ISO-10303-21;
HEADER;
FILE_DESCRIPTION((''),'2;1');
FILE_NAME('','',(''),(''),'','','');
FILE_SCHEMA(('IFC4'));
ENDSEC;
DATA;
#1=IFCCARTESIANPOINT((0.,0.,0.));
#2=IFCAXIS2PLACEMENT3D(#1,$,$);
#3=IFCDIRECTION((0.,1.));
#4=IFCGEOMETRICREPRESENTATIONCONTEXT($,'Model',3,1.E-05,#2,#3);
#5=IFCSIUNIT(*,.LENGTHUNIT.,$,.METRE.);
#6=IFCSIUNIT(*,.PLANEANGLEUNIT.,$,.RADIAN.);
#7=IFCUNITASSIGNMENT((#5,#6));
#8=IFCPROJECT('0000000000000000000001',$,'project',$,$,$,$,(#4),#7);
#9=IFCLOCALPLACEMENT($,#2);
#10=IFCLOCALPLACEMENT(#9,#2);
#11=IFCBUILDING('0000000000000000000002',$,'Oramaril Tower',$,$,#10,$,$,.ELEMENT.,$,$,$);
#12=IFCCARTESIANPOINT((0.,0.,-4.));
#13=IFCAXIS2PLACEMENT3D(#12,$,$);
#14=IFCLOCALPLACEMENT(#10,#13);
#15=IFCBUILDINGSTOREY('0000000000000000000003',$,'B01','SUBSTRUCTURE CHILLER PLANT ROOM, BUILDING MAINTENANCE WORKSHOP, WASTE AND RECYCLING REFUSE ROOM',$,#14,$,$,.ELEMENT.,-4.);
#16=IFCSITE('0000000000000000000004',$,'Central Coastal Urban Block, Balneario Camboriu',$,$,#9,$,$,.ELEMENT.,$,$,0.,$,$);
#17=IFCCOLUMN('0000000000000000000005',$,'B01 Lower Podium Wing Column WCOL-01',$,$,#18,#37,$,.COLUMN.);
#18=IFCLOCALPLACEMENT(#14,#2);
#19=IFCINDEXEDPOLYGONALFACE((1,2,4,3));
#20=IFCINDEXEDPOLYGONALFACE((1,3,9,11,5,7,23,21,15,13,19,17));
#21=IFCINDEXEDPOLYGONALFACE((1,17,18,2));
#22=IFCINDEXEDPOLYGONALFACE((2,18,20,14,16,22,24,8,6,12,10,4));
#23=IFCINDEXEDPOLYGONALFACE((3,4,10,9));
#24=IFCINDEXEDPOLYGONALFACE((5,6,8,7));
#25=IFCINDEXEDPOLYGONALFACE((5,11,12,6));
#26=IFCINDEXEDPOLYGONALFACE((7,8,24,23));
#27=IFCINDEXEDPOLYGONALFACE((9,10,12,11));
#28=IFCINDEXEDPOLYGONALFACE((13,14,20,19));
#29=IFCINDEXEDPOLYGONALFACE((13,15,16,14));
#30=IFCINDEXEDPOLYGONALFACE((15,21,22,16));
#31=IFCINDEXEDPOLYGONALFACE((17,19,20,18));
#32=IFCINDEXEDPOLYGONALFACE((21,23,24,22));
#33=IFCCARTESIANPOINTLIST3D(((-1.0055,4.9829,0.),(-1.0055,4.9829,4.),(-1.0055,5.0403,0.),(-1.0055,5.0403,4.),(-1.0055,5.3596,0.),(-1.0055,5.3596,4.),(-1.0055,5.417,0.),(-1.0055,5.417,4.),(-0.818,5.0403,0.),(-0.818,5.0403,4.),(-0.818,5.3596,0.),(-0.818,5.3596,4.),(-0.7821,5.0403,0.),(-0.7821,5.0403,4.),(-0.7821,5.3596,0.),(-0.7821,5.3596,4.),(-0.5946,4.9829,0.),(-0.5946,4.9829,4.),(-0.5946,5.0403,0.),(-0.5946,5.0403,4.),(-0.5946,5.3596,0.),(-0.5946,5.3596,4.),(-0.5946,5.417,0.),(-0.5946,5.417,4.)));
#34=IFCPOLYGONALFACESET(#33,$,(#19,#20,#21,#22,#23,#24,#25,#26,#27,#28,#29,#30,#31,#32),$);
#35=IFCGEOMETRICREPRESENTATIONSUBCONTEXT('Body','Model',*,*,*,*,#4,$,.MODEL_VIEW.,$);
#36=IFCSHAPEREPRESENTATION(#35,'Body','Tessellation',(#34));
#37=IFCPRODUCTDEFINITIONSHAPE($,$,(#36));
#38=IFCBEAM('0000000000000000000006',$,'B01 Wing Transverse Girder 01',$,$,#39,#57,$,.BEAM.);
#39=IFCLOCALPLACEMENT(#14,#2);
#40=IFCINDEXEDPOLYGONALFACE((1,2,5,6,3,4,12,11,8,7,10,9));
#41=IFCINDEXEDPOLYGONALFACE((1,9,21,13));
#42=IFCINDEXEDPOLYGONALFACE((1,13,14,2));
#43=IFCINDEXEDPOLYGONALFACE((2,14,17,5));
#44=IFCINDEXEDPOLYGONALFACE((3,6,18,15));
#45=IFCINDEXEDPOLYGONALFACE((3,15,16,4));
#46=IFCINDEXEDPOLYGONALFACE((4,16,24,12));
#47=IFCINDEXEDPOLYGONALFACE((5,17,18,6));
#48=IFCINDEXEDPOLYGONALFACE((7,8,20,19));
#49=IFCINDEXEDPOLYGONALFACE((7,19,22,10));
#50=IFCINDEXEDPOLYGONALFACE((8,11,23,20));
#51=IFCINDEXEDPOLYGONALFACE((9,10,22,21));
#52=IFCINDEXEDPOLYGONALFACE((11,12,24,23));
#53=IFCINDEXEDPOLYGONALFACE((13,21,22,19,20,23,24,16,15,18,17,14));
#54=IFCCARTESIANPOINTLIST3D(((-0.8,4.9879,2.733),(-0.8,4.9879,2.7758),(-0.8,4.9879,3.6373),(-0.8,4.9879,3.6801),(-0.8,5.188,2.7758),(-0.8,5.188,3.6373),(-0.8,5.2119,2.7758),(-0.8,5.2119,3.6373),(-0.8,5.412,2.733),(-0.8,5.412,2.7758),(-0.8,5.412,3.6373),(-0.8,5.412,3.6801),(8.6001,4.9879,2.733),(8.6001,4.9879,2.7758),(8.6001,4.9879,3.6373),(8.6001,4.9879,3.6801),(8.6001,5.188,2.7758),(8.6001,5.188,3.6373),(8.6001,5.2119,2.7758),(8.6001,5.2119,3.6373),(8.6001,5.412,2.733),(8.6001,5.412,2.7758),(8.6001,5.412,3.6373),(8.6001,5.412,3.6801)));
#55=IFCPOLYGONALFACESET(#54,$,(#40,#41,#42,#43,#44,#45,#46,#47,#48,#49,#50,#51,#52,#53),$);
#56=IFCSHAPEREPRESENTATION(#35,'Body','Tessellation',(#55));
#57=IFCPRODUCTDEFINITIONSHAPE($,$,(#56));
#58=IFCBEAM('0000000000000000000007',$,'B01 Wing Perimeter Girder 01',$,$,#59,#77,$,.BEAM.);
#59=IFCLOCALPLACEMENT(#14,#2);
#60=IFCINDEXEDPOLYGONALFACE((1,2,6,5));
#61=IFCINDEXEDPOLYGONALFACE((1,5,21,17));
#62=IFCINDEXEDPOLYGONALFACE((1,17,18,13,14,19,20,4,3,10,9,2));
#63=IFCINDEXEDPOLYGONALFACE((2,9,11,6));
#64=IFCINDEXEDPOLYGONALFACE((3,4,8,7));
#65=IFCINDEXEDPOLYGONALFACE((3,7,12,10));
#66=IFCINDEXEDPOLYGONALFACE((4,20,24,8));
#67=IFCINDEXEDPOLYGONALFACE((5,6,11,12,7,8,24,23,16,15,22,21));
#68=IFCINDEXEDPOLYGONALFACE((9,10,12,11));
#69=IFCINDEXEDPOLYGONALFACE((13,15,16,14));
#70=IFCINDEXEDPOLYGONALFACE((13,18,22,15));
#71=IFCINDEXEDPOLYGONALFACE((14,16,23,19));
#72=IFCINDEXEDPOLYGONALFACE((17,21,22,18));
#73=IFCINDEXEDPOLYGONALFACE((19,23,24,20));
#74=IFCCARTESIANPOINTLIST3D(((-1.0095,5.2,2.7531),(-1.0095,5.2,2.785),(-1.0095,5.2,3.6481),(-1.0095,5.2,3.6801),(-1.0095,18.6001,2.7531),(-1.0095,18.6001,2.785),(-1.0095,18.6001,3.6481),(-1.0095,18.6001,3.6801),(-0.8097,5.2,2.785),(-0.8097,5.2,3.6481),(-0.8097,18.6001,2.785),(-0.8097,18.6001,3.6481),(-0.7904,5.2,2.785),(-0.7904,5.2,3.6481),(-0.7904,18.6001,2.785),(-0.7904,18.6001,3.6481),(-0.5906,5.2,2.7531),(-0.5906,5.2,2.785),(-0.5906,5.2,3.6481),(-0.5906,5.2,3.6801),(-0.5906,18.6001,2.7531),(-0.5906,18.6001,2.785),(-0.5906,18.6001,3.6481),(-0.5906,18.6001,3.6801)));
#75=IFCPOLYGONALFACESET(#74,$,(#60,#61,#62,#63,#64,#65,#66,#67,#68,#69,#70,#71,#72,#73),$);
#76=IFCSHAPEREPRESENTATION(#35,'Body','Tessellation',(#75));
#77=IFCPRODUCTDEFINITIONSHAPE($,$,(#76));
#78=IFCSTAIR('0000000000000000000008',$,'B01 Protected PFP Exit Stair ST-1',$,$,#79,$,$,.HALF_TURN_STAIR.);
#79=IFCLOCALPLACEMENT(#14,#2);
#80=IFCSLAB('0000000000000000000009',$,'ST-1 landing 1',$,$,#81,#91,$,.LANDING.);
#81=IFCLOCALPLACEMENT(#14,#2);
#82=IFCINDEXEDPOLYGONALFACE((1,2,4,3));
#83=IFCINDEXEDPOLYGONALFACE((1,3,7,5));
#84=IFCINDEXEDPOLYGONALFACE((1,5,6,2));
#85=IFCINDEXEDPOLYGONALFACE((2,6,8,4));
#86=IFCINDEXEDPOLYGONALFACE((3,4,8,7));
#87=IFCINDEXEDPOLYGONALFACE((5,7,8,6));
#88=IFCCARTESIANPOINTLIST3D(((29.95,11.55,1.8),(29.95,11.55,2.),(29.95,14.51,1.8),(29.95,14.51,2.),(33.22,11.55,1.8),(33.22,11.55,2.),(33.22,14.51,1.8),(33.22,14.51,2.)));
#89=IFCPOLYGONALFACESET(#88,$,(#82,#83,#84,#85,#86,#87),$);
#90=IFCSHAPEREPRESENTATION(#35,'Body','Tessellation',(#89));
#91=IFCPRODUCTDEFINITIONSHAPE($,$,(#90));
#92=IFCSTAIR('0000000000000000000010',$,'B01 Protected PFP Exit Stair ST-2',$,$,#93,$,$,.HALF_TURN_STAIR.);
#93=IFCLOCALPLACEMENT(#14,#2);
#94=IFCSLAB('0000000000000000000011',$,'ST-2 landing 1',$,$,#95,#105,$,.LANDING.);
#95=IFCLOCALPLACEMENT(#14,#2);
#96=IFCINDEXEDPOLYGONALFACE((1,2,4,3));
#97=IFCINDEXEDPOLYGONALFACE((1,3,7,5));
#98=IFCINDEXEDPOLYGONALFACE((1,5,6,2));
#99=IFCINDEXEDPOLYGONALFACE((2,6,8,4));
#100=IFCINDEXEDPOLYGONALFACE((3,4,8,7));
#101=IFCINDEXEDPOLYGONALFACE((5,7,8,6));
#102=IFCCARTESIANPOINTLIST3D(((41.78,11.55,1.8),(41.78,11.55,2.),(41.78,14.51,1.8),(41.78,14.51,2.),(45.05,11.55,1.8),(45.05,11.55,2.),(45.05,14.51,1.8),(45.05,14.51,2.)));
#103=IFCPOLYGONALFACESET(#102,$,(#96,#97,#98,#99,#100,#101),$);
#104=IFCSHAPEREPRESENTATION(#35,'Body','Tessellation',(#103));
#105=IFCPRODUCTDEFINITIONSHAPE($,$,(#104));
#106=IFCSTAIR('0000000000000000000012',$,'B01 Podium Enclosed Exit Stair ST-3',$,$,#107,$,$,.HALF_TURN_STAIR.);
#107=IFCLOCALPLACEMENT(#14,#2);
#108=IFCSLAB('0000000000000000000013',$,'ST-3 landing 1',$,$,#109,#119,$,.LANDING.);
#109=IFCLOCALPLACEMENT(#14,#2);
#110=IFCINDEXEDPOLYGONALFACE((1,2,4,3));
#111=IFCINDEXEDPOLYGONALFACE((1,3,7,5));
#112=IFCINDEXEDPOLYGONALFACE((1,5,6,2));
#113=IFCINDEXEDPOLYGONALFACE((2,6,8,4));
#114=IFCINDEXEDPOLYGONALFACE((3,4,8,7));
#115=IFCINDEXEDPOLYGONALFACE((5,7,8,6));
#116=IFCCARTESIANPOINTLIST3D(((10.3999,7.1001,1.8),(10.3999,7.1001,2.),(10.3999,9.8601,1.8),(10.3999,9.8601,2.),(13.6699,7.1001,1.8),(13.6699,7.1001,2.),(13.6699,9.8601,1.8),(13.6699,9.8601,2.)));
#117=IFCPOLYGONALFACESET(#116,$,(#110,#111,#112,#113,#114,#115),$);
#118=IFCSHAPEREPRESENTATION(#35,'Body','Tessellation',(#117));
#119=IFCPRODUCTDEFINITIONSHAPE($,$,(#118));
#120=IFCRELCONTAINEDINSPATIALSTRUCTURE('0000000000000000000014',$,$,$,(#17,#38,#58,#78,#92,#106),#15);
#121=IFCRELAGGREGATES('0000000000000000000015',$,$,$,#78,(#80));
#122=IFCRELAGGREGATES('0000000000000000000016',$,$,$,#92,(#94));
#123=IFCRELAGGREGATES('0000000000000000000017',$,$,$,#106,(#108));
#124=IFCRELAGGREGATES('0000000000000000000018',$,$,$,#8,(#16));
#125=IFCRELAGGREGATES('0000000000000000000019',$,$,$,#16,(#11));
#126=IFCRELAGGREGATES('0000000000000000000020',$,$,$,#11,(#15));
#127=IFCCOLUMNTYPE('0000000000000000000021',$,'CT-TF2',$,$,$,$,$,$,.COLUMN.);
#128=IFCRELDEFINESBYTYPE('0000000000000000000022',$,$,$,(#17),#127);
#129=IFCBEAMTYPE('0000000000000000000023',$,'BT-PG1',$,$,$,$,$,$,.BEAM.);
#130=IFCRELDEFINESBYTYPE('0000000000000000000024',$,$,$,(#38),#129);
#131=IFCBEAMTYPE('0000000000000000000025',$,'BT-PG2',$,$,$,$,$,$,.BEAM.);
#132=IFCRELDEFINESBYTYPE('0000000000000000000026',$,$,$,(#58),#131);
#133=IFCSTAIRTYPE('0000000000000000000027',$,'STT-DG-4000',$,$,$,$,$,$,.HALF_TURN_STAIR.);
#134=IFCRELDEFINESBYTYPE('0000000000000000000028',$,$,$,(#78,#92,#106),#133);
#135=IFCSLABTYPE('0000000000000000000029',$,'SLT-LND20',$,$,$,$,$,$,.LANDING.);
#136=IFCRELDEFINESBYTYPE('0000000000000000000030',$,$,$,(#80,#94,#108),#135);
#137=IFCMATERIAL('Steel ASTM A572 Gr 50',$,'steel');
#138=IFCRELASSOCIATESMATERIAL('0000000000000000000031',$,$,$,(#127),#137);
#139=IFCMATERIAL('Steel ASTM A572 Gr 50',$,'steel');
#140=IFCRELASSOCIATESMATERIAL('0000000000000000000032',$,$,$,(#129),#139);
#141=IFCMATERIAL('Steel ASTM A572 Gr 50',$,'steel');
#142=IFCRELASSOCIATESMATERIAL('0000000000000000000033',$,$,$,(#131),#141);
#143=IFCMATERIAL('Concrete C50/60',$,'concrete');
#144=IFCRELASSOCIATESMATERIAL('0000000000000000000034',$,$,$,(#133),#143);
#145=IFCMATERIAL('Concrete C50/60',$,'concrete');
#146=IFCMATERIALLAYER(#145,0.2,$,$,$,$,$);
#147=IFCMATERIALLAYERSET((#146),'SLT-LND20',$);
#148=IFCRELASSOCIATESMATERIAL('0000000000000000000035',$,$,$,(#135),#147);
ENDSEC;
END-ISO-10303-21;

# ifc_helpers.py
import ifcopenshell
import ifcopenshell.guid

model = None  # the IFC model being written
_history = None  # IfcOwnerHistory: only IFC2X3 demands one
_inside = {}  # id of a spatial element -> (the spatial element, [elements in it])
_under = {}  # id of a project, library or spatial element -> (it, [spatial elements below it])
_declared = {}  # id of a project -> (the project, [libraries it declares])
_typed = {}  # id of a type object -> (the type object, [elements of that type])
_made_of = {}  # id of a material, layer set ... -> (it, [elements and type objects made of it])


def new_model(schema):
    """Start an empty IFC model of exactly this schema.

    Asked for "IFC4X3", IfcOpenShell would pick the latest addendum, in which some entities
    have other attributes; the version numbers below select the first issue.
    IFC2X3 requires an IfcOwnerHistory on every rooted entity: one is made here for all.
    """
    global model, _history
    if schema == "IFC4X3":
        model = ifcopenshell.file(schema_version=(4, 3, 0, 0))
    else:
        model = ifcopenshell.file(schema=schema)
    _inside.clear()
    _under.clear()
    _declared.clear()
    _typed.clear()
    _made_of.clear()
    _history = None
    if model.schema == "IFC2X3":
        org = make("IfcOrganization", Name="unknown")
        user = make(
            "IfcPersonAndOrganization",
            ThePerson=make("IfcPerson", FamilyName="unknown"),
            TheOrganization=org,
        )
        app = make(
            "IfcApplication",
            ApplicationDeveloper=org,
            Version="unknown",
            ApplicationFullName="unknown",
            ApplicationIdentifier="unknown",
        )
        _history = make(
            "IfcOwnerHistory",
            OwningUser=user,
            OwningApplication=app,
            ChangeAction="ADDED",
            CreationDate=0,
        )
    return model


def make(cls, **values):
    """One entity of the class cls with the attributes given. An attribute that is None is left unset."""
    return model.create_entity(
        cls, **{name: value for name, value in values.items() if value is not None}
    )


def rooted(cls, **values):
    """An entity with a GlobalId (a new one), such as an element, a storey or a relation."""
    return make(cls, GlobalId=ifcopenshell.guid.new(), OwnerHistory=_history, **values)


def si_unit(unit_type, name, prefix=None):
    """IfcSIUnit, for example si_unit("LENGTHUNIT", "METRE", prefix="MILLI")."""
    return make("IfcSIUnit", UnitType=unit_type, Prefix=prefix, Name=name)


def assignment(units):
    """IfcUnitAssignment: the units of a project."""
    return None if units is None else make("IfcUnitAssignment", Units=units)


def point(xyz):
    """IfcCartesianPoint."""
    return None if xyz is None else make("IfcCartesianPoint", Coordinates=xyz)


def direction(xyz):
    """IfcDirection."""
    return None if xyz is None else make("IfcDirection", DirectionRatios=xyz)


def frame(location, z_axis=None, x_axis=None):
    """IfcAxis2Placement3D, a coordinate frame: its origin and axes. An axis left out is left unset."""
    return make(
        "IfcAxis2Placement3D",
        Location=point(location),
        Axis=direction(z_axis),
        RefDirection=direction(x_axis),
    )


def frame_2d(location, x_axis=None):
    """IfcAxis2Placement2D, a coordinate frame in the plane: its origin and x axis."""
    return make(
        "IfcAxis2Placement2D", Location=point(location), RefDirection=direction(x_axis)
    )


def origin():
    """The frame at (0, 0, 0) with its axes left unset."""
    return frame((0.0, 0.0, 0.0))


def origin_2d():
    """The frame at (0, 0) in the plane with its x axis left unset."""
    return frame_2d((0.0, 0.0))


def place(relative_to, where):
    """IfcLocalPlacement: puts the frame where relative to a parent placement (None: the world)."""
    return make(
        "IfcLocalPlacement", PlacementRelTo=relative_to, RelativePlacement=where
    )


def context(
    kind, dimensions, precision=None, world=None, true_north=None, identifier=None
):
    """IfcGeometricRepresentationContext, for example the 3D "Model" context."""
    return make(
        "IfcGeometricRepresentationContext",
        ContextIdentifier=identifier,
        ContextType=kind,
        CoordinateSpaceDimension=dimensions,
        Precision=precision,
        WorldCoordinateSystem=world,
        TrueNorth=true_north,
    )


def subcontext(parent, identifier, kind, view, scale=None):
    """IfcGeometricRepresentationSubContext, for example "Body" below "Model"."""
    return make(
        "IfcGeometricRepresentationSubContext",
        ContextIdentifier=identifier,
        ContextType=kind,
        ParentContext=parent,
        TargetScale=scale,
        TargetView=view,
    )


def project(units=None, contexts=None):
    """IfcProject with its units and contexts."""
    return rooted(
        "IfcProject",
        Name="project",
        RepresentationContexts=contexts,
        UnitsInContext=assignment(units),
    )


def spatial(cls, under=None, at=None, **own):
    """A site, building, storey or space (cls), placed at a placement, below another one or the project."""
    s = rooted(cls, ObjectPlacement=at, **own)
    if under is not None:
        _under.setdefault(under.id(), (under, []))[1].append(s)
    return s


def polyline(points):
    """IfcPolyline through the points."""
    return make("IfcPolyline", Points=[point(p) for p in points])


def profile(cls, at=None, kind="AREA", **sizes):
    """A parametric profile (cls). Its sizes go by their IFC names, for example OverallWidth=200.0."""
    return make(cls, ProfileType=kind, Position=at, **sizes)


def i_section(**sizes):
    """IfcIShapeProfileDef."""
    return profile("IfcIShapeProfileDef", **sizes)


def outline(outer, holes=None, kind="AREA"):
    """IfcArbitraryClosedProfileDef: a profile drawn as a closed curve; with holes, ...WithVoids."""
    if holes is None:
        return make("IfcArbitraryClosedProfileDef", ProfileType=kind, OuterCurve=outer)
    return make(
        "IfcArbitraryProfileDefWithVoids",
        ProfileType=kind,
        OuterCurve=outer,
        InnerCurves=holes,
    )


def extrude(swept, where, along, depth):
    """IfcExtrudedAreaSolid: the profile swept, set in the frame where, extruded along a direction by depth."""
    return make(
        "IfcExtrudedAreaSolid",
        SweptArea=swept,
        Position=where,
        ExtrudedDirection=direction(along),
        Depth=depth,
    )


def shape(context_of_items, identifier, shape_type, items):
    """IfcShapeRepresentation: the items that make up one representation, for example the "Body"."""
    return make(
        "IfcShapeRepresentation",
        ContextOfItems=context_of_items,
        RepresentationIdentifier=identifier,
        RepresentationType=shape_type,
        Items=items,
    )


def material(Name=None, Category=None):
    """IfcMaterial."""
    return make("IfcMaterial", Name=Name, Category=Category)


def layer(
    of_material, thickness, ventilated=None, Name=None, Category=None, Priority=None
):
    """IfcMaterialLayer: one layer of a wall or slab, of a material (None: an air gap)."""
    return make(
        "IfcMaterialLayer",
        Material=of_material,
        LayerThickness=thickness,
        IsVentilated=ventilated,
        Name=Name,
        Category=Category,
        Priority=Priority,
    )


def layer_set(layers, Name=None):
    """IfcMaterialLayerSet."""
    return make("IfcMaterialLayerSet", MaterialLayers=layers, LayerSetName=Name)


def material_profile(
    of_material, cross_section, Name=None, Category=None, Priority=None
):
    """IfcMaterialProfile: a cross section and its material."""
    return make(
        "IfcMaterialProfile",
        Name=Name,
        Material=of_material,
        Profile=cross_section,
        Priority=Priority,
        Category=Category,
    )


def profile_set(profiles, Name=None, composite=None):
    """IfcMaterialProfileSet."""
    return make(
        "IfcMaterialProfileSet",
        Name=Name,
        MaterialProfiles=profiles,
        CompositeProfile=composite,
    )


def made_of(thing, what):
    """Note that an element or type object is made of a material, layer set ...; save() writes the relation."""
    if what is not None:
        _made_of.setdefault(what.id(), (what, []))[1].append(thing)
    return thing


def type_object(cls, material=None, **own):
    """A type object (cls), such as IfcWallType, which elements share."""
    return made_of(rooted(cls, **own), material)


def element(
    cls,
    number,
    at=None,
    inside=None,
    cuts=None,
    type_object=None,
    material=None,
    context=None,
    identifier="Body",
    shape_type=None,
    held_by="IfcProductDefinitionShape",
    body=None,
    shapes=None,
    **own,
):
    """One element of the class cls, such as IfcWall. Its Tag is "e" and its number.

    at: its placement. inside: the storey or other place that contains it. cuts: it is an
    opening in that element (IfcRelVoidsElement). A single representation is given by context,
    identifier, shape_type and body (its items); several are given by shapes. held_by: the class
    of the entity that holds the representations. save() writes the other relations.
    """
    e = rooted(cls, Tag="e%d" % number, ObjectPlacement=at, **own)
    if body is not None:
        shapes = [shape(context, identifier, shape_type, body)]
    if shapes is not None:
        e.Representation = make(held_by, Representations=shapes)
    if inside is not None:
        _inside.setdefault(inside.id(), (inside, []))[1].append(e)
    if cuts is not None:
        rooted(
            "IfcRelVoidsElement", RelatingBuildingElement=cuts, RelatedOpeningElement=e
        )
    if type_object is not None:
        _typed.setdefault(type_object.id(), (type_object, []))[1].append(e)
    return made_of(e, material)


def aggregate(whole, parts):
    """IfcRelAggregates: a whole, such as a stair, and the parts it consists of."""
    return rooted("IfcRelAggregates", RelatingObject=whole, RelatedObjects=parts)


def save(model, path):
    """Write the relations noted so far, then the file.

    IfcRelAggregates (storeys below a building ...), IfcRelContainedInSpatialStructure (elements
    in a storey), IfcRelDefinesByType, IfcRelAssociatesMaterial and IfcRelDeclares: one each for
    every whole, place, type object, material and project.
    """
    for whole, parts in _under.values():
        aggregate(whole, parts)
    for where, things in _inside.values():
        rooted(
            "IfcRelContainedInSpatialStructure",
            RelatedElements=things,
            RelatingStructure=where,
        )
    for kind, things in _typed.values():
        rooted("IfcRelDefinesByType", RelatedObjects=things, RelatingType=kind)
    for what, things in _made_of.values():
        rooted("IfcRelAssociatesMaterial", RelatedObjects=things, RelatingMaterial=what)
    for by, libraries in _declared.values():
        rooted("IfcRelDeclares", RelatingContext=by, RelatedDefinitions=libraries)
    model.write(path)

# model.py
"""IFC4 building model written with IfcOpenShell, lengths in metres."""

from ifc_helpers import new_model, si_unit, direction, frame, origin, origin_2d, place, context, subcontext, project, spatial, polyline, i_section, outline, extrude, material, layer, layer_set, material_profile, profile_set, type_object, element, aggregate, save


model = new_model("IFC4")

# Units and contexts
model_context = context("Model", 3, precision=1e-05, world=origin(), true_north=direction((0.0, 1.0)))
body_context = subcontext(model_context, "Body", "Model", "MODEL_VIEW")
ifc_project = project(units=[si_unit("LENGTHUNIT", "METRE"), si_unit("PLANEANGLEUNIT", "RADIAN")], contexts=[model_context])

# Site, building, storey
site_placement = place(None, origin())
site = spatial("IfcSite", under=ifc_project, at=site_placement, Name="Central Coastal Urban Block, Balneario Camboriu", CompositionType="ELEMENT", RefElevation=0.0)
building_placement = place(site_placement, origin())
building = spatial("IfcBuilding", under=site, at=building_placement, Name="Oramaril Tower", CompositionType="ELEMENT")
storey_placement = place(building_placement, frame((0.0, 0.0, -4.0)))
storey = spatial("IfcBuildingStorey", under=building, at=storey_placement, Name="B01", Description="SUBSTRUCTURE CHILLER PLANT ROOM, BUILDING MAINTENANCE WORKSHOP, WASTE AND RECYCLING REFUSE ROOM", CompositionType="ELEMENT", Elevation=-4.0)

# Column
ifc_material_1 = material(Name="Steel ASTM A572 Gr 50", Category="steel")
ifc_material_profile_1 = material_profile(ifc_material_1, i_section(OverallWidth=0.4109, OverallDepth=0.4341, WebThickness=0.0359, FlangeThickness=0.0574, at=origin_2d()), Name="W14X311")
ifc_profile_set_1 = profile_set([ifc_material_profile_1], Name="Steel ASTM A572 Gr 50")
column_type = type_object("IfcColumnType", Name="CT-TF2", PredefinedType="COLUMN", material=ifc_profile_set_1)
column_placement = place(storey_placement, frame((-0.8, 5.2, 0.0), z_axis=(0.0, 0.0, 1.0), x_axis=(1.0, 0.0, 0.0)))
element("IfcColumn", 1, at=column_placement, inside=storey, type_object=column_type, Name="B01 Lower Podium Wing Column WCOL-01", PredefinedType="COLUMN", context=body_context, shape_type="SweptSolid", body=[
    extrude(i_section(OverallWidth=0.4109, OverallDepth=0.4341, WebThickness=0.0359, FlangeThickness=0.0574, at=origin_2d()), origin(), (0.0, 0.0, 1.0), 4.0),
])

# Beams
ifc_material_2 = material(Name="Steel ASTM A572 Gr 50", Category="steel")
ifc_material_profile_2 = material_profile(ifc_material_2, i_section(OverallWidth=0.4241, OverallDepth=0.947, WebThickness=0.0239, FlangeThickness=0.0427, at=origin_2d()), Name="W36X302")
ifc_profile_set_2 = profile_set([ifc_material_profile_2], Name="Steel ASTM A572 Gr 50")
beam_type_1 = type_object("IfcBeamType", Name="BT-PG1", PredefinedType="BEAM", material=ifc_profile_set_2)
beam_1_placement = place(storey_placement, frame((-0.8, 5.2, 3.2065), z_axis=(1.0, 0.0, 0.0), x_axis=(0.0, 1.0, 0.0)))
element("IfcBeam", 2, at=beam_1_placement, inside=storey, type_object=beam_type_1, Name="B01 Wing Transverse Girder 01", PredefinedType="BEAM", context=body_context, shape_type="SweptSolid", body=[
    extrude(i_section(OverallWidth=0.4241, OverallDepth=0.947, WebThickness=0.0239, FlangeThickness=0.0427, at=origin_2d()), origin(), (0.0, 0.0, 1.0), 9.4001),
])
ifc_material_3 = material(Name="Steel ASTM A572 Gr 50", Category="steel")
ifc_material_profile_3 = material_profile(ifc_material_3, i_section(OverallWidth=0.4189, OverallDepth=0.927, WebThickness=0.0193, FlangeThickness=0.032, at=origin_2d()), Name="W36X231")
ifc_profile_set_3 = profile_set([ifc_material_profile_3], Name="Steel ASTM A572 Gr 50")
beam_type_2 = type_object("IfcBeamType", Name="BT-PG2", PredefinedType="BEAM", material=ifc_profile_set_3)
beam_2_placement = place(storey_placement, frame((-0.8, 5.2, 3.2166), z_axis=(0.0, 1.0, 0.0), x_axis=(-1.0, 0.0, 0.0)))
element("IfcBeam", 3, at=beam_2_placement, inside=storey, type_object=beam_type_2, Name="B01 Wing Perimeter Girder 01", PredefinedType="BEAM", context=body_context, shape_type="SweptSolid", body=[
    extrude(i_section(OverallWidth=0.4189, OverallDepth=0.927, WebThickness=0.0193, FlangeThickness=0.032, at=origin_2d()), origin(), (0.0, 0.0, 1.0), 13.4001),
])

# Stairs, slabs
ifc_material_4 = material(Name="Concrete C50/60", Category="concrete")
stair_type = type_object("IfcStairType", Name="STT-DG-4000", PredefinedType="HALF_TURN_STAIR", material=ifc_material_4)
stair_1_placement = place(storey_placement, origin())
stair_1 = element("IfcStair", 4, at=stair_1_placement, inside=storey, type_object=stair_type, Name="B01 Protected PFP Exit Stair ST-1", PredefinedType="HALF_TURN_STAIR")
ifc_material_5 = material(Name="Concrete C50/60", Category="concrete")
ifc_layer_1 = layer(ifc_material_5, 0.2)
ifc_layer_set_1 = layer_set([ifc_layer_1], Name="SLT-LND20")
slab_type_1 = type_object("IfcSlabType", Name="SLT-LND20", PredefinedType="LANDING", material=ifc_layer_set_1)
slab_1_placement = place(storey_placement, frame((0.0, 0.0, 1.8)))
slab_1 = element("IfcSlab", 5, at=slab_1_placement, type_object=slab_type_1, Name="ST-1 landing 1", PredefinedType="LANDING", context=body_context, shape_type="SweptSolid", body=[
    extrude(outline(polyline([(29.95, 14.51), (29.95, 11.55), (33.22, 11.55), (33.22, 14.51), (29.95, 14.51)])), origin(), (0.0, 0.0, 1.0), 0.2),
])
aggregate(stair_1, [slab_1])
stair_2_placement = place(storey_placement, origin())
stair_2 = element("IfcStair", 6, at=stair_2_placement, inside=storey, type_object=stair_type, Name="B01 Protected PFP Exit Stair ST-2", PredefinedType="HALF_TURN_STAIR")
slab_2_placement = place(storey_placement, frame((0.0, 0.0, 1.8)))
slab_2 = element("IfcSlab", 7, at=slab_2_placement, type_object=slab_type_1, Name="ST-2 landing 1", PredefinedType="LANDING", context=body_context, shape_type="SweptSolid", body=[
    extrude(outline(polyline([(41.78, 14.51), (41.78, 11.55), (45.05, 11.55), (45.05, 14.51), (41.78, 14.51)])), origin(), (0.0, 0.0, 1.0), 0.2),
])
aggregate(stair_2, [slab_2])
stair_3_placement = place(storey_placement, origin())
stair_3 = element("IfcStair", 8, at=stair_3_placement, inside=storey, type_object=stair_type, Name="B01 Podium Enclosed Exit Stair ST-3", PredefinedType="HALF_TURN_STAIR")
slab_3_placement = place(storey_placement, frame((0.0, 0.0, 1.8)))
slab_3 = element("IfcSlab", 9, at=slab_3_placement, type_object=slab_type_1, Name="ST-3 landing 1", PredefinedType="LANDING", context=body_context, shape_type="SweptSolid", body=[
    extrude(outline(polyline([(10.3999, 9.8601), (10.3999, 7.1001), (13.6699, 7.1001), (13.6699, 9.8601), (10.3999, 9.8601)])), origin(), (0.0, 0.0, 1.0), 0.2),
])
aggregate(stair_3, [slab_3])

save(model, "model.ifc")
